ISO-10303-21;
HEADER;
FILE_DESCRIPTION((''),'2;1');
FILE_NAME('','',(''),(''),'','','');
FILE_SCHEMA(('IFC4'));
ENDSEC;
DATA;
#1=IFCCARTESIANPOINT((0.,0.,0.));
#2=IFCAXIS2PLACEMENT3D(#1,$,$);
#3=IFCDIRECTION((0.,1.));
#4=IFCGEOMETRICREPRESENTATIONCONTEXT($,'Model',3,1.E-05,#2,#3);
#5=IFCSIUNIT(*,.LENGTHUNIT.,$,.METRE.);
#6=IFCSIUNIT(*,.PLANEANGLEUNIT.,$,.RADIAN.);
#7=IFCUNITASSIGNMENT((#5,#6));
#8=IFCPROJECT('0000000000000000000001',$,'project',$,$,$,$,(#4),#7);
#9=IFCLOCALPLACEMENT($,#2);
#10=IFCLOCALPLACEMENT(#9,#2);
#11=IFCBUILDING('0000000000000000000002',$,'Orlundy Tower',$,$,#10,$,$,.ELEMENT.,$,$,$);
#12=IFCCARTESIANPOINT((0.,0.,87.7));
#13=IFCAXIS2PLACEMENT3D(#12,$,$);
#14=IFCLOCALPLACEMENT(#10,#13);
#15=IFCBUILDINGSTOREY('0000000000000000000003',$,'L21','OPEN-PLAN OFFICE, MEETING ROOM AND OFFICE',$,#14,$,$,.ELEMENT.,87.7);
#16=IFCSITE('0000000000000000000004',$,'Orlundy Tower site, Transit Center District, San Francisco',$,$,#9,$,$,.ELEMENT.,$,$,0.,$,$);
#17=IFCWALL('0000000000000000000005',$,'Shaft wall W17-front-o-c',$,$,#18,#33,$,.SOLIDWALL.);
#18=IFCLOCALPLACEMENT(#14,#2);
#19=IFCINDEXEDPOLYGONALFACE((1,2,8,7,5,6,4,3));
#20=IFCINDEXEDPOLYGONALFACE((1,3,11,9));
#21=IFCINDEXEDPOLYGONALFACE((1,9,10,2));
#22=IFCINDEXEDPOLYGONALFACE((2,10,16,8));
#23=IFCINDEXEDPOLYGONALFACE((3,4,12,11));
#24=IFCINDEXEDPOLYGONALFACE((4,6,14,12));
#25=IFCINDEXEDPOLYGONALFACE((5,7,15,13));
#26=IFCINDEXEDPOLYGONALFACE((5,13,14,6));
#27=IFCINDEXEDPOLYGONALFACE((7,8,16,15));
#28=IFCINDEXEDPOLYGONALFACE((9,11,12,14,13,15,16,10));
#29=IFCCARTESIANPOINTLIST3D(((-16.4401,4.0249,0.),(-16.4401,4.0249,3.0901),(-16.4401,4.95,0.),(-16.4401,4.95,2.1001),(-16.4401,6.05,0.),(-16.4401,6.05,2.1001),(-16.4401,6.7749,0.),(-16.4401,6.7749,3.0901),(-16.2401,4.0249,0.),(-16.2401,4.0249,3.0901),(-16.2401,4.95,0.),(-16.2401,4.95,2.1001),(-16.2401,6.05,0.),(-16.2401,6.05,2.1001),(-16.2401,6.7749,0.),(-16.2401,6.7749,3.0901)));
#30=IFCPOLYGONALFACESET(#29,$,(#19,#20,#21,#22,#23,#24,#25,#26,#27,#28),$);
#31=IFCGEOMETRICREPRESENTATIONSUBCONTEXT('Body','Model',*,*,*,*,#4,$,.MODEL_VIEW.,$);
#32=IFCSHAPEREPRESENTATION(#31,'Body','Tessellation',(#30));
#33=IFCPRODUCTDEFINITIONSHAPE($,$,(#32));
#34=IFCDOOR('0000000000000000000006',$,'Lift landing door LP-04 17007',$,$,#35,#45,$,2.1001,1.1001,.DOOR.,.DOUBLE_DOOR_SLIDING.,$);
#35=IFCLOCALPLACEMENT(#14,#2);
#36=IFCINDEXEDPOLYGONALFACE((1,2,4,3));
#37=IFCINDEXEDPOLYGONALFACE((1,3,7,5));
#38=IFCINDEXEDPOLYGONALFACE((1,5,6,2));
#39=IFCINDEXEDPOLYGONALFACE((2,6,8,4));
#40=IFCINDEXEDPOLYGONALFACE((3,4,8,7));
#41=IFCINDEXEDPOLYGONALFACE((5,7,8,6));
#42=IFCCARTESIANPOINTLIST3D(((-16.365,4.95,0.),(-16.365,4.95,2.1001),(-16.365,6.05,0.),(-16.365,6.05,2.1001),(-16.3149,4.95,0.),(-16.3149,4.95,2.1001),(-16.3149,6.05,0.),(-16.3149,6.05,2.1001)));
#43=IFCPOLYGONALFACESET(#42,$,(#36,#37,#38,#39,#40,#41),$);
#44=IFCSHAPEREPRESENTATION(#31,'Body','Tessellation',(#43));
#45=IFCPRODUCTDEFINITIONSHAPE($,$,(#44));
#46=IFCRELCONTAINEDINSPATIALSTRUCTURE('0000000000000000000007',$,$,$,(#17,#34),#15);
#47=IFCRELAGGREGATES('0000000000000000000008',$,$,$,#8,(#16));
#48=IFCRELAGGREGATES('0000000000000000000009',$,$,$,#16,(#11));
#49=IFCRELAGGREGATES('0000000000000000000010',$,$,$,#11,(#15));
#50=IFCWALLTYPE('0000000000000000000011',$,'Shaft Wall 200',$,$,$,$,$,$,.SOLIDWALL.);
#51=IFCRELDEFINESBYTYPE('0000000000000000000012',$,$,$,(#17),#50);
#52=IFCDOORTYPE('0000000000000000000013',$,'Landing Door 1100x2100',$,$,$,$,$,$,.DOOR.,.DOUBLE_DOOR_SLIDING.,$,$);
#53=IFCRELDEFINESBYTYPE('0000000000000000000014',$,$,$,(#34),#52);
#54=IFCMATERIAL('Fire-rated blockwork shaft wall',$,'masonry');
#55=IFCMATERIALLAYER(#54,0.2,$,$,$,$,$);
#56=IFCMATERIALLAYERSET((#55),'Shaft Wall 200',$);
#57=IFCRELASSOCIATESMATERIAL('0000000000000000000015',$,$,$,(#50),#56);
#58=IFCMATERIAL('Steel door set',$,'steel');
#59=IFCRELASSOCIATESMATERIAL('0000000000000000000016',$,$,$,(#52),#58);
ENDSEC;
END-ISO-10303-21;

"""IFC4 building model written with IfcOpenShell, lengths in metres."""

from ifc_helpers import new_model, si_unit, direction, frame, frame_2d, origin, place, context, subcontext, project, spatial, rectangle, extrude, material, layer, layer_set, type_object, element, fill, save


model = new_model("IFC4")

# Units and contexts
model_context = context("Model", 3, precision=1e-05, world=origin(), true_north=direction((0.0, 1.0)))
body_context = subcontext(model_context, "Body", "Model", "MODEL_VIEW")
ifc_project = project(units=[si_unit("LENGTHUNIT", "METRE"), si_unit("PLANEANGLEUNIT", "RADIAN")], contexts=[model_context])

# Site, building, storey
site_placement = place(None, origin())
site = spatial("IfcSite", under=ifc_project, at=site_placement, Name="Orlundy Tower site, Transit Center District, San Francisco", CompositionType="ELEMENT", RefElevation=0.0)
building_placement = place(site_placement, origin())
building = spatial("IfcBuilding", under=site, at=building_placement, Name="Orlundy Tower", CompositionType="ELEMENT")
storey_placement = place(building_placement, frame((0.0, 0.0, 87.7)))
storey = spatial("IfcBuildingStorey", under=building, at=storey_placement, Name="L21", Description="OPEN-PLAN OFFICE, MEETING ROOM AND OFFICE", CompositionType="ELEMENT", Elevation=87.7)

# Wall, opening, door
ifc_material_1 = material(Name="Fire-rated blockwork shaft wall", Category="masonry")
ifc_layer_1 = layer(ifc_material_1, 0.2)
ifc_layer_set_1 = layer_set([ifc_layer_1], Name="Shaft Wall 200")
wall_type_1 = type_object("IfcWallType", Name="Shaft Wall 200", PredefinedType="SOLIDWALL", material=ifc_layer_set_1)
wall_1_placement = place(storey_placement, frame((-16.3401, 4.0249, 0.0), z_axis=(0.0, 0.0, 1.0), x_axis=(0.0, 1.0, 0.0)))
wall_1 = element("IfcWall", 1, at=wall_1_placement, inside=storey, type_object=wall_type_1, Name="Shaft wall W17-front-o-c", PredefinedType="SOLIDWALL", context=body_context, shape_type="SweptSolid", body=[
    extrude(rectangle(XDim=2.75, YDim=0.2, at=frame_2d((1.375, 0.0))), origin(), (0.0, 0.0, 1.0), 3.0901),
])
opening_1_placement = place(wall_1_placement, frame((0.925, 0.0, 0.0)))
opening_1 = element("IfcOpeningElement", 2, at=opening_1_placement, cuts=wall_1, PredefinedType="OPENING", context=body_context, shape_type="SweptSolid", body=[
    extrude(rectangle(XDim=1.1001, YDim=2.1001, at=frame_2d((0.55, 1.05))), frame((0.0, 0.1101, 0.0), z_axis=(0.0, -1.0, 0.0), x_axis=(1.0, 0.0, 0.0)), (0.0, 0.0, 1.0), 0.2202),
])
ifc_material_2 = material(Name="Steel door set", Category="steel")
door_type_1 = type_object("IfcDoorType", Name="Landing Door 1100x2100", OperationType="DOUBLE_DOOR_SLIDING", PredefinedType="DOOR", material=ifc_material_2)
door_1_placement = place(opening_1_placement, origin())
door_1 = element("IfcDoor", 3, at=door_1_placement, inside=storey, type_object=door_type_1, Name="Lift landing door LP-04 17007", OperationType="DOUBLE_DOOR_SLIDING", OverallHeight=2.1001, OverallWidth=1.1001, PredefinedType="DOOR", context=body_context, shape_type="SweptSolid", body=[
    extrude(rectangle(XDim=1.1001, YDim=2.1001, at=frame_2d((0.55, 1.05))), frame((0.0, 0.0249, 0.0), z_axis=(0.0, -1.0, 0.0), x_axis=(1.0, 0.0, 0.0)), (0.0, 0.0, 1.0), 0.05),
])
fill(opening_1, door_1)

save(model, "model.ifc")
